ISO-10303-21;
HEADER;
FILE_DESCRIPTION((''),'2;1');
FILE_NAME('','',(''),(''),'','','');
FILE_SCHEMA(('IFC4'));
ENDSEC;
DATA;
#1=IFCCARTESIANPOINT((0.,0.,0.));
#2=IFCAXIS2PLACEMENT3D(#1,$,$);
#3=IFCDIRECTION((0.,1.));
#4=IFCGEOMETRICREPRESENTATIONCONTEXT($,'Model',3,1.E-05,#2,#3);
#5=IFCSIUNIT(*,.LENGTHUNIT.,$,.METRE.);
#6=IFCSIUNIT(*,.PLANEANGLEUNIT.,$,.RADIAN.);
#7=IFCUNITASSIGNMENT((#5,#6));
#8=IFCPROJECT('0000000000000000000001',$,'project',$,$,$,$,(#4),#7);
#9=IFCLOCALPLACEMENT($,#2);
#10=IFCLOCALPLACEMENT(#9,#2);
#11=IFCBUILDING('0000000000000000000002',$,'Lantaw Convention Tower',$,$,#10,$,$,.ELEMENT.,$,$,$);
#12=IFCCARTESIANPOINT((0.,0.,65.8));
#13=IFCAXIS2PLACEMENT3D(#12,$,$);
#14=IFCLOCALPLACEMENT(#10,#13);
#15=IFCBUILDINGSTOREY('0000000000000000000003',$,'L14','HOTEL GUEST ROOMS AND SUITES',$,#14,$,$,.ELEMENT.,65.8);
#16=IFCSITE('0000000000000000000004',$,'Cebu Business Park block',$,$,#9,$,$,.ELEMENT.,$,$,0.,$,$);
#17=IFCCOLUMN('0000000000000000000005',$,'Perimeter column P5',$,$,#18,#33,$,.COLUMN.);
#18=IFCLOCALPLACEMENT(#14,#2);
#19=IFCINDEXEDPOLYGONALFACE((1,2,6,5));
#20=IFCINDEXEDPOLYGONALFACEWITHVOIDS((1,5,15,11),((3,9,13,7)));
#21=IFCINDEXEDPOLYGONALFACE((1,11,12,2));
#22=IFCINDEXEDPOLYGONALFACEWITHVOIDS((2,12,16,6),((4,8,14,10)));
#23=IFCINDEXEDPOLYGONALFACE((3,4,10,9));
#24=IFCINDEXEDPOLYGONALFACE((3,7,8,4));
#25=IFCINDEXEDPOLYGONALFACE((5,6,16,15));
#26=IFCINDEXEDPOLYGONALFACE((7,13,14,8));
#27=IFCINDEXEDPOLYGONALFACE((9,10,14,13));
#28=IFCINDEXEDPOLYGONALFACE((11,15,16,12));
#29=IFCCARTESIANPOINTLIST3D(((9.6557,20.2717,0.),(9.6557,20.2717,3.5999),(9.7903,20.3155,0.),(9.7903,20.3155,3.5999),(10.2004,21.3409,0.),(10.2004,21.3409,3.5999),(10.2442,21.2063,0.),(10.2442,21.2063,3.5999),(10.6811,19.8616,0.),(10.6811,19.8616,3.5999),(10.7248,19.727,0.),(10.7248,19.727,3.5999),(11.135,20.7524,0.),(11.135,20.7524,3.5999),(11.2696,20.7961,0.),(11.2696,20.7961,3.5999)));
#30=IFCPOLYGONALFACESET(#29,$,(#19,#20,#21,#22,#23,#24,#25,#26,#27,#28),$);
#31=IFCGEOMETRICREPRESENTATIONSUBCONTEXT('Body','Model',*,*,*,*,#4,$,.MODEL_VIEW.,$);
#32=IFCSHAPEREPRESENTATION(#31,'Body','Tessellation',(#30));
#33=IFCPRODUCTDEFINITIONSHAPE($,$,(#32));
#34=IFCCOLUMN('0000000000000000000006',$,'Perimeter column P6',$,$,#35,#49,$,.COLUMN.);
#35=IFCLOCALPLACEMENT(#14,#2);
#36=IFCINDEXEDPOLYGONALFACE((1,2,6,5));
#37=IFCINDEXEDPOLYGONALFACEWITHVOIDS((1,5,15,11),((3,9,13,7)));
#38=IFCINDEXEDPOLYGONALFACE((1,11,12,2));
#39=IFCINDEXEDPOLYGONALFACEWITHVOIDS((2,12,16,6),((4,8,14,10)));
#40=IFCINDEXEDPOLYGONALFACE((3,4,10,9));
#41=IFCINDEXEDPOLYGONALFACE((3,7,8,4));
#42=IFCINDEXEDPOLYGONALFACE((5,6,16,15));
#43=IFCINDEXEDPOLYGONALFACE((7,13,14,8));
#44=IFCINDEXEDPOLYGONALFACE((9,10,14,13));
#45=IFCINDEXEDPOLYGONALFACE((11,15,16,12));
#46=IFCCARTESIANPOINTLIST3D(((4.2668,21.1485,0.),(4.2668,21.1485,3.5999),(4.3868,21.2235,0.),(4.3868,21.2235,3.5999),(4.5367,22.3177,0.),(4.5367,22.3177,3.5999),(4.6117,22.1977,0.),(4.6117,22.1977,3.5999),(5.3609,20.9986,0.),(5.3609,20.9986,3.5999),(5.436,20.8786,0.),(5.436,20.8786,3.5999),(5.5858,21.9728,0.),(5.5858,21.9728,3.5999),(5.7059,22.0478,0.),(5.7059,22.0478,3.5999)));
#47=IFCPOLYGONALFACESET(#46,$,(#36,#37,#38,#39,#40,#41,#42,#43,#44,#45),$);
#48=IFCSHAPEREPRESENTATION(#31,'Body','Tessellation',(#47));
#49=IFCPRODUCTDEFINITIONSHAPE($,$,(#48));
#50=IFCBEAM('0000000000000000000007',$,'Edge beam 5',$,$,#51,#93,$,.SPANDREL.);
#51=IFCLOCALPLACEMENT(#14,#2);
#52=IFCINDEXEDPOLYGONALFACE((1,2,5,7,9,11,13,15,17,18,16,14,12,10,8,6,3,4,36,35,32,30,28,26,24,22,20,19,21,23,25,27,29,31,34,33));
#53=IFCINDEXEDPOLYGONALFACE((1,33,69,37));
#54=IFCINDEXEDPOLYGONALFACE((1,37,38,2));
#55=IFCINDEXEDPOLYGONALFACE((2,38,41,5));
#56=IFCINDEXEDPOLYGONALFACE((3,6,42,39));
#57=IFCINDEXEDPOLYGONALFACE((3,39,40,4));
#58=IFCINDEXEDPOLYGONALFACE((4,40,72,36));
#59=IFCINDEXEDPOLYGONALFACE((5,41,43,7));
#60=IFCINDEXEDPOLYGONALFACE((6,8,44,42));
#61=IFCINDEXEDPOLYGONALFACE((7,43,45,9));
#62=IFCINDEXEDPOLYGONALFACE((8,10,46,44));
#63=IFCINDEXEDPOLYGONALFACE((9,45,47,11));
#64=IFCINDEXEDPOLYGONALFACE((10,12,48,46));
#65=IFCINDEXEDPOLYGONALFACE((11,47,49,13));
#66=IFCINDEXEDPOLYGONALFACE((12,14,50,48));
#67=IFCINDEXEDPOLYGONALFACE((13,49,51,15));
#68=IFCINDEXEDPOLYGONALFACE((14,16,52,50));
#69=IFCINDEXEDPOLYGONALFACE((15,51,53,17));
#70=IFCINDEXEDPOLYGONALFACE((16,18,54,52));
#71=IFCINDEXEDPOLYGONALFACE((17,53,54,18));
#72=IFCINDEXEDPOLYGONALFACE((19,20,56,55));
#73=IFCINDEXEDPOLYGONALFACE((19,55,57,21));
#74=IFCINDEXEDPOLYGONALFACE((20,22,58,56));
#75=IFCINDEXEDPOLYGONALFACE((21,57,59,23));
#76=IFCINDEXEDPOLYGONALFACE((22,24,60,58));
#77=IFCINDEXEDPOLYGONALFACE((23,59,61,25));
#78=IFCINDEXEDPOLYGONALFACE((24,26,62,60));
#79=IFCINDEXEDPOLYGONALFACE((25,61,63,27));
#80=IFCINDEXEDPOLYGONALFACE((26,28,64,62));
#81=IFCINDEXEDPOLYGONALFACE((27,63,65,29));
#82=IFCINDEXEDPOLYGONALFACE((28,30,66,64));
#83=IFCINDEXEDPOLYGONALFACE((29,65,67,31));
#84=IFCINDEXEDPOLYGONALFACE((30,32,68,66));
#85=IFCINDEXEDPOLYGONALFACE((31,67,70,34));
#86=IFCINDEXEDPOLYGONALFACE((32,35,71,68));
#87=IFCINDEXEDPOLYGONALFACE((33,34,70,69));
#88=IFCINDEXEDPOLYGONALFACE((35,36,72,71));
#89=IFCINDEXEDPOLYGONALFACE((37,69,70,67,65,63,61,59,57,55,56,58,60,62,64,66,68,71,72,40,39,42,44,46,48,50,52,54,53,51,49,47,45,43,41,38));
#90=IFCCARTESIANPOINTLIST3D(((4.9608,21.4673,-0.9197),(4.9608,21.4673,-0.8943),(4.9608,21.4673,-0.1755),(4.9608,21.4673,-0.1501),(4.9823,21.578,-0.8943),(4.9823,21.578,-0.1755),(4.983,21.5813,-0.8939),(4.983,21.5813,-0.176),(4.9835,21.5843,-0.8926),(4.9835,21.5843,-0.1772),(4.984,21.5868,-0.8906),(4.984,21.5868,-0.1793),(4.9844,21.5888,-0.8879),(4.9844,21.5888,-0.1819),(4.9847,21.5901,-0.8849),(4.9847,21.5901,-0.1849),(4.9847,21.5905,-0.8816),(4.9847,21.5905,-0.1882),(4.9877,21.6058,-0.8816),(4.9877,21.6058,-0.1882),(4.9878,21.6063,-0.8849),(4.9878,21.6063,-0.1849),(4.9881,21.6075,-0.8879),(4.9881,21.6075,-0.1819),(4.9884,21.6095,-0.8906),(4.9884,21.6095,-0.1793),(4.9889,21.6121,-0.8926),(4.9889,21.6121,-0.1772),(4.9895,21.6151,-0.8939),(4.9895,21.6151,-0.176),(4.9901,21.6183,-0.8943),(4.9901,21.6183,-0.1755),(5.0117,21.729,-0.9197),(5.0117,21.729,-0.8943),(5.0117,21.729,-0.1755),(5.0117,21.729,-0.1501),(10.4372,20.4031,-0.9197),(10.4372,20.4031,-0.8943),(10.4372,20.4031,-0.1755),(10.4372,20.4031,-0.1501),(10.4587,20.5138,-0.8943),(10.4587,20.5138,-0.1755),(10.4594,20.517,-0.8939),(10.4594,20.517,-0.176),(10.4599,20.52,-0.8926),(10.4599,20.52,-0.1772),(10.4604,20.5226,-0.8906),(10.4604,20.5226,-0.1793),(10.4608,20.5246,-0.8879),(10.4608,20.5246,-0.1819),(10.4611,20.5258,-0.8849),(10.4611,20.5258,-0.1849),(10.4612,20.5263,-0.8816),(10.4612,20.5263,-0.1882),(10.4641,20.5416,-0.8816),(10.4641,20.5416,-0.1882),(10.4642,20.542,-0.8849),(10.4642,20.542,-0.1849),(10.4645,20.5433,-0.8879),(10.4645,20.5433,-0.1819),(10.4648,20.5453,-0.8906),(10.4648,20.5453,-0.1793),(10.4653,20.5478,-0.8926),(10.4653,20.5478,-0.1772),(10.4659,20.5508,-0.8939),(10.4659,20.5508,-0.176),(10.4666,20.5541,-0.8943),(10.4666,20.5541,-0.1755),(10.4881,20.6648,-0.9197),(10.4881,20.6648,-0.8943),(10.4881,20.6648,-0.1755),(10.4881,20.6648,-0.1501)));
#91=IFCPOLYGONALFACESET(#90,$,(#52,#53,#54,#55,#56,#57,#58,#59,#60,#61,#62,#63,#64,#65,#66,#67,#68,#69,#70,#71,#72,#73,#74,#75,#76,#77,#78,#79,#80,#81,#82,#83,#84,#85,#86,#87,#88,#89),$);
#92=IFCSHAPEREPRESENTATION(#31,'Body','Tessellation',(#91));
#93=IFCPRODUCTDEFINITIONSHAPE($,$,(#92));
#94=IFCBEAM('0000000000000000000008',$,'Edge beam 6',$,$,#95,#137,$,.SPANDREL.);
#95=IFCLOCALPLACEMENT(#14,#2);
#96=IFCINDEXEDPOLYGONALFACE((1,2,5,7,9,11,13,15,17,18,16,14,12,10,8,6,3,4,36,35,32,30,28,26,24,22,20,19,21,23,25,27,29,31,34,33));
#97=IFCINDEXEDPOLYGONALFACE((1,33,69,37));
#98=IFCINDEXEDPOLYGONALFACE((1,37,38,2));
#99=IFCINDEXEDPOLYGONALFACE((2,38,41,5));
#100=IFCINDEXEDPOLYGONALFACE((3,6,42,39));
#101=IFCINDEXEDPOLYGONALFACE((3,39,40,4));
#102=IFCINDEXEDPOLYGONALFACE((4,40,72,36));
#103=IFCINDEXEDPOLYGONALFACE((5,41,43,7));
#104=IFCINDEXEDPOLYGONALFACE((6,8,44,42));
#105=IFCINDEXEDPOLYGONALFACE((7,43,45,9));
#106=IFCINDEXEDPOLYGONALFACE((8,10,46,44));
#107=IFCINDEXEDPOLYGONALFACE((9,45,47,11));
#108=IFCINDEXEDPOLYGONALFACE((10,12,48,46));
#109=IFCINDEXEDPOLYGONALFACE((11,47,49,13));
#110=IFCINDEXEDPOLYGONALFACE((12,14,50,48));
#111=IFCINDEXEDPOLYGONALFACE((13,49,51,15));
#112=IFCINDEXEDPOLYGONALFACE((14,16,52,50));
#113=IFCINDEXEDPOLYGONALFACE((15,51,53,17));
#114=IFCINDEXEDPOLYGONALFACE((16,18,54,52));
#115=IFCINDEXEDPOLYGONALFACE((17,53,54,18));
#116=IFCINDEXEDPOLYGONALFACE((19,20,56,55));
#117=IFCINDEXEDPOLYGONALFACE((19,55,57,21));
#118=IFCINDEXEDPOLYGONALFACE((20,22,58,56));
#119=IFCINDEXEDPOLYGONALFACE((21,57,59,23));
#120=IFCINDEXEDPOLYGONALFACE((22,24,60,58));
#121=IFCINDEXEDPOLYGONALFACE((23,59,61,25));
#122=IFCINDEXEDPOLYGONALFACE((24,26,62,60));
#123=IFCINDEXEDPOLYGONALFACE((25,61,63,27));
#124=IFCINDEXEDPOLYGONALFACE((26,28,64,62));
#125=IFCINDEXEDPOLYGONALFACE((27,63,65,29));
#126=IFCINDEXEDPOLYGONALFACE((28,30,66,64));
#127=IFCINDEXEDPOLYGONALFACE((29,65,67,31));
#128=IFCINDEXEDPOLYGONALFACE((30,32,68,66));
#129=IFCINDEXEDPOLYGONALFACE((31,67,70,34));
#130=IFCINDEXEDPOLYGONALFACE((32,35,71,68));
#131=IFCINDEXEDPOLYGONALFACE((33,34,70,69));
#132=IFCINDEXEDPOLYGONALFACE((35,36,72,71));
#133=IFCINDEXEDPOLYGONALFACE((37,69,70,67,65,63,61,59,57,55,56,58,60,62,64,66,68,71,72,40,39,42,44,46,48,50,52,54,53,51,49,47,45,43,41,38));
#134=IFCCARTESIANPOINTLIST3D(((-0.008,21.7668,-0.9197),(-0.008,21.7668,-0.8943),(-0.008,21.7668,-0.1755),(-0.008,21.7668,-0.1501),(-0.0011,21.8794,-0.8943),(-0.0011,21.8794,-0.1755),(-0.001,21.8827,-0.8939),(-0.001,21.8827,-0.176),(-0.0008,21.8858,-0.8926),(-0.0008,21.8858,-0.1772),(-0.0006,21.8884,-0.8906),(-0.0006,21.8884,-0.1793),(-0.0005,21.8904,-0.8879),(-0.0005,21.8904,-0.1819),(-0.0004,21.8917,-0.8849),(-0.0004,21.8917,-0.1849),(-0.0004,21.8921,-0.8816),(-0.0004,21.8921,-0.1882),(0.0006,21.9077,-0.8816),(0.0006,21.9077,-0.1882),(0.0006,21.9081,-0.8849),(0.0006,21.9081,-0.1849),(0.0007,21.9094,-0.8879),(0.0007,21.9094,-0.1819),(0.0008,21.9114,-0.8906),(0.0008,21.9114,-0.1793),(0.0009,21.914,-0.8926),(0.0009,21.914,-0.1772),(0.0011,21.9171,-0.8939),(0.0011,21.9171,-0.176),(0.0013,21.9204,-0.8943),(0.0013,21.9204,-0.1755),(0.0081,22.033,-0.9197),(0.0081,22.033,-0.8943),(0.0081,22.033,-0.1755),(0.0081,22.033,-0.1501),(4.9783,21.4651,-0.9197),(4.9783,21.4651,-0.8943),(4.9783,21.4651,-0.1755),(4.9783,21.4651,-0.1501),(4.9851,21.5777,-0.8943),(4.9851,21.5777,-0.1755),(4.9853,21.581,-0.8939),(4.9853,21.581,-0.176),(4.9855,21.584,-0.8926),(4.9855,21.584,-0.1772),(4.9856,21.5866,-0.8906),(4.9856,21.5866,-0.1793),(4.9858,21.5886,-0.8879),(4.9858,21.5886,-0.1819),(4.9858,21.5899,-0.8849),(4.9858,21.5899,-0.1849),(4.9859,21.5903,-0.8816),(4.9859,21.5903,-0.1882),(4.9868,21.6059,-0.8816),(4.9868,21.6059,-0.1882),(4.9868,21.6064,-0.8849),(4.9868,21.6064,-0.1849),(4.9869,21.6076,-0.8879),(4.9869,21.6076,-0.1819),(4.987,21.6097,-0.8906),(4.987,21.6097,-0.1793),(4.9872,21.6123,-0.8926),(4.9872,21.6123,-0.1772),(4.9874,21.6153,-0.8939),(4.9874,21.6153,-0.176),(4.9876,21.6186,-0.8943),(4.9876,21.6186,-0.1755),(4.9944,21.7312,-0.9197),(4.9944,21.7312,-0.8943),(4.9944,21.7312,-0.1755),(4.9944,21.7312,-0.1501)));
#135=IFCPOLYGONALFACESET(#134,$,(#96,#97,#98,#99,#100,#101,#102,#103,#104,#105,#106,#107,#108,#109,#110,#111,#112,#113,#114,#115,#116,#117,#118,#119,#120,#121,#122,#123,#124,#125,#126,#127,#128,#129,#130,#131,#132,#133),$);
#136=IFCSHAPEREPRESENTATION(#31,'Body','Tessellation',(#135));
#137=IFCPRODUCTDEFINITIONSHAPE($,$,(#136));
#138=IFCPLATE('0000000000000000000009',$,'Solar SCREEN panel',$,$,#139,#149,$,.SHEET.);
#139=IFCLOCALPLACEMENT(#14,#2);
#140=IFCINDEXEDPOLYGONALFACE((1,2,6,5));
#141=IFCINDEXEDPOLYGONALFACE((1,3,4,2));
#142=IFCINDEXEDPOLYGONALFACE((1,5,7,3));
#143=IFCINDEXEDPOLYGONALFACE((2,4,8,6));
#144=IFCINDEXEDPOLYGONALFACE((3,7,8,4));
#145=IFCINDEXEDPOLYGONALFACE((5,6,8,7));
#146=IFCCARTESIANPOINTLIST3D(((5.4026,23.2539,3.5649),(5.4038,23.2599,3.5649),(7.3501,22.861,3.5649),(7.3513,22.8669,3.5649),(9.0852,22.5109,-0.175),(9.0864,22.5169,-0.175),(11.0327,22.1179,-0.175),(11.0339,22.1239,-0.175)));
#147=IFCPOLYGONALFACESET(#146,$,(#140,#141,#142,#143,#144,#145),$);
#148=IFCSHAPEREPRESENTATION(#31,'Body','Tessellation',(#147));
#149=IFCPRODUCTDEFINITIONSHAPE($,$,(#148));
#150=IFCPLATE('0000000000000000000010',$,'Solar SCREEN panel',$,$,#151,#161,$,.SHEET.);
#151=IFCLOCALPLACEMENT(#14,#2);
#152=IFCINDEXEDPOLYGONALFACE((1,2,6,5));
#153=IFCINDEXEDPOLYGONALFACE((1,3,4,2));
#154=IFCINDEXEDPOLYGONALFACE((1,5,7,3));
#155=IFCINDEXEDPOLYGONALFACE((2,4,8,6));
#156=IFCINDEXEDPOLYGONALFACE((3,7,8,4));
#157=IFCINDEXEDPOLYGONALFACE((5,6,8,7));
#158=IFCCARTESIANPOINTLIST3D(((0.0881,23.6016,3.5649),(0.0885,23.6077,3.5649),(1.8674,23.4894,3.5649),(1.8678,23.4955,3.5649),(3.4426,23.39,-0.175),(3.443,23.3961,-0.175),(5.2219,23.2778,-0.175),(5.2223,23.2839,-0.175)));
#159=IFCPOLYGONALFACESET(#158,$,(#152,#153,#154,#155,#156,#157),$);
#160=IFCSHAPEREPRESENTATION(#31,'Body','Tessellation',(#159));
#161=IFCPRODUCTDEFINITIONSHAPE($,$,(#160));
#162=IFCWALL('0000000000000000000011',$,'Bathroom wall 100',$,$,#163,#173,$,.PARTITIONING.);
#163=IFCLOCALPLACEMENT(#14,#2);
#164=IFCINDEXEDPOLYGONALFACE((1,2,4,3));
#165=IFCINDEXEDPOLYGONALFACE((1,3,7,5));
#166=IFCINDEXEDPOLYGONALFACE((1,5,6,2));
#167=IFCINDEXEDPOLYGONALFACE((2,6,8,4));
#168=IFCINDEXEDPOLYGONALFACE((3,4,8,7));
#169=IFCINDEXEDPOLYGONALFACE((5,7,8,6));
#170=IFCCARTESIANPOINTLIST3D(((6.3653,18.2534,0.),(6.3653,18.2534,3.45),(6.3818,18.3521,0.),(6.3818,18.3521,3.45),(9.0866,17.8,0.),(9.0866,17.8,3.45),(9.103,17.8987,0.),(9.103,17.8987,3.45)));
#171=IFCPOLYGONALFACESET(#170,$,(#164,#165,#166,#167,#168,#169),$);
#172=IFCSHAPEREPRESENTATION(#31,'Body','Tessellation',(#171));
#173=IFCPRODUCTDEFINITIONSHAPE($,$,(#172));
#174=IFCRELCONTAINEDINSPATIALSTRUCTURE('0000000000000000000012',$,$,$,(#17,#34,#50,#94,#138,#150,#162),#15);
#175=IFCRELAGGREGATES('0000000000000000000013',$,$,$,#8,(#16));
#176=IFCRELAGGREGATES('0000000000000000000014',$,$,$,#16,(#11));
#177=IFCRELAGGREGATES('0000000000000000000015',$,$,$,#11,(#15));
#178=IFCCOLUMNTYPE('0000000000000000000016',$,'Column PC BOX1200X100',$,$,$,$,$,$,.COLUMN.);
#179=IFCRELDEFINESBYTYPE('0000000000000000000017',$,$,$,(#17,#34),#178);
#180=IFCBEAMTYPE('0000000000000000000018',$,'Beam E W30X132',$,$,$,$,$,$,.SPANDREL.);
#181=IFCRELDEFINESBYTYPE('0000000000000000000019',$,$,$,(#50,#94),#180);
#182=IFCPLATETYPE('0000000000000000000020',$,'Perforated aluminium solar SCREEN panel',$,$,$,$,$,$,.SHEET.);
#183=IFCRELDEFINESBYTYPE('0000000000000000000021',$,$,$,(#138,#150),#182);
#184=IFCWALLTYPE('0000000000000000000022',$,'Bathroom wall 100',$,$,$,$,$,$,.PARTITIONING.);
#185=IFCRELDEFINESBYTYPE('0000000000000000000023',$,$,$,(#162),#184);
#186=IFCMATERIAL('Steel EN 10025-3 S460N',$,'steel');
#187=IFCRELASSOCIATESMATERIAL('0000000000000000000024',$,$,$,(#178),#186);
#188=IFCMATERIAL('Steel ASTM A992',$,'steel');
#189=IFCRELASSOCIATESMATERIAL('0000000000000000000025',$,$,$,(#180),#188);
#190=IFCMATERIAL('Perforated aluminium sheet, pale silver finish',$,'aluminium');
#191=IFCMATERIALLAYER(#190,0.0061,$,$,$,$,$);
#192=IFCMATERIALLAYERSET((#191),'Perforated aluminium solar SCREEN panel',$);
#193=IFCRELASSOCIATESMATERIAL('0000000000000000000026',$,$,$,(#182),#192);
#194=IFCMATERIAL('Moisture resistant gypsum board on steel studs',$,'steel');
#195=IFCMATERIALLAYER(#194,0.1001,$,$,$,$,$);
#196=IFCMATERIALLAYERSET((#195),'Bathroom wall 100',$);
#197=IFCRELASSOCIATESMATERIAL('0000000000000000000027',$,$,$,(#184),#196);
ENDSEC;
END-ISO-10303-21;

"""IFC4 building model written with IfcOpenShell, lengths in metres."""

from ifc_helpers import new_model, si_unit, direction, frame, frame_2d, origin, origin_2d, place, context, subcontext, project, spatial, polyline, rectangle, hollow_rectangle, i_section, outline, extrude, material, layer, layer_set, material_profile, profile_set, type_object, element, save


model = new_model("IFC4")

# Units and contexts
model_context = context("Model", 3, precision=1e-05, world=origin(), true_north=direction((0.0, 1.0)))
body_context = subcontext(model_context, "Body", "Model", "MODEL_VIEW")
ifc_project = project(units=[si_unit("LENGTHUNIT", "METRE"), si_unit("PLANEANGLEUNIT", "RADIAN")], contexts=[model_context])

# Site, building, storey
site_placement = place(None, origin())
site = spatial("IfcSite", under=ifc_project, at=site_placement, Name="Cebu Business Park block", CompositionType="ELEMENT", RefElevation=0.0)
building_placement = place(site_placement, origin())
building = spatial("IfcBuilding", under=site, at=building_placement, Name="Lantaw Convention Tower", CompositionType="ELEMENT")
storey_placement = place(building_placement, frame((0.0, 0.0, 65.8)))
storey = spatial("IfcBuildingStorey", under=building, at=storey_placement, Name="L14", Description="HOTEL GUEST ROOMS AND SUITES", CompositionType="ELEMENT", Elevation=65.8)

# Columns
ifc_material_1 = material(Name="Steel EN 10025-3 S460N", Category="steel")
ifc_material_profile_1 = material_profile(ifc_material_1, hollow_rectangle(XDim=1.2, YDim=1.2, WallThickness=0.1001, at=origin_2d()), Name="BOX1200X100")
ifc_material_2 = material(Name="Concrete C60/75", Category="concrete")
ifc_material_profile_2 = material_profile(ifc_material_2, rectangle(XDim=1.0, YDim=1.0, at=origin_2d()), Name="Concrete fill of BOX1200X100")
ifc_profile_set_1 = profile_set([ifc_material_profile_1, ifc_material_profile_2], Name="Steel EN 10025-3 S460N")
column_type = type_object("IfcColumnType", Name="Column PC BOX1200X100", PredefinedType="COLUMN", material=ifc_profile_set_1)
for number, where, z_axis, x_axis, name in (
    (1, (10.4626, 20.5339, 0.0), (0.0, 0.0, 1.0), (0.45399, 0.891007, 0.0), "Perimeter column P5"),
    (2, (4.9863, 21.5981, 0.0), (0.0, 0.0, 1.0), (0.224951, 0.97437, 0.0), "Perimeter column P6"),
):
    element("IfcColumn", number, at=place(storey_placement, frame(where, z_axis=z_axis, x_axis=x_axis)), inside=storey, type_object=column_type, Name=name, PredefinedType="COLUMN", context=body_context, shape_type="SweptSolid", body=[
        extrude(hollow_rectangle(XDim=1.2, YDim=1.2, WallThickness=0.1001, at=origin_2d()), origin(), (0.0, 0.0, 1.0), 3.5999),
    ])

# Beams
ifc_material_3 = material(Name="Steel ASTM A992", Category="steel")
ifc_material_profile_3 = material_profile(ifc_material_3, i_section(OverallWidth=0.2666, OverallDepth=0.7695, WebThickness=0.0156, FlangeThickness=0.0254, FilletRadius=0.0127, at=origin_2d()), Name="W30X132")
ifc_profile_set_2 = profile_set([ifc_material_profile_3], Name="Steel ASTM A992")
beam_type = type_object("IfcBeamType", Name="Beam E W30X132", PredefinedType="SPANDREL", material=ifc_profile_set_2)
beam_1_placement = place(storey_placement, frame((10.4626, 20.5339, -0.5349), z_axis=(-0.981637, 0.190761, 0.0), x_axis=(-0.190761, -0.981637, 0.0)))
element("IfcBeam", 3, at=beam_1_placement, inside=storey, type_object=beam_type, Name="Edge beam 5", PredefinedType="SPANDREL", context=body_context, shape_type="SweptSolid", body=[
    extrude(i_section(OverallWidth=0.2666, OverallDepth=0.7695, WebThickness=0.0156, FlangeThickness=0.0254, FilletRadius=0.0127, at=origin_2d()), origin(), (0.0, 0.0, 1.0), 5.5789),
])
beam_2_placement = place(storey_placement, frame((4.9863, 21.5981, -0.5349), z_axis=(-0.998174, 0.060407, 0.0), x_axis=(-0.060407, -0.998174, 0.0)))
element("IfcBeam", 4, at=beam_2_placement, inside=storey, type_object=beam_type, Name="Edge beam 6", PredefinedType="SPANDREL", context=body_context, shape_type="SweptSolid", body=[
    extrude(i_section(OverallWidth=0.2666, OverallDepth=0.7695, WebThickness=0.0156, FlangeThickness=0.0254, FilletRadius=0.0127, at=origin_2d()), origin(), (0.0, 0.0, 1.0), 4.9954),
])

# Plates
ifc_material_4 = material(Name="Perforated aluminium sheet, pale silver finish", Category="aluminium")
ifc_layer_1 = layer(ifc_material_4, 0.0061)
ifc_layer_set_1 = layer_set([ifc_layer_1], Name="Perforated aluminium solar SCREEN panel")
plate_type = type_object("IfcPlateType", Name="Perforated aluminium solar SCREEN panel", PredefinedType="SHEET", material=ifc_layer_set_1)
plate_1_placement = place(storey_placement, frame((11.0327, 22.1179, -0.175), z_axis=(-0.197782, -0.980246, 0.000002), x_axis=(-0.980246, 0.197782, 0.0)))
element("IfcPlate", 5, at=plate_1_placement, inside=storey, type_object=plate_type, Name="Solar SCREEN panel", PredefinedType="SHEET", context=body_context, shape_type="SweptSolid", body=[
    extrude(outline(polyline([(0.0, 0.0), (1.9868, 0.0), (5.7436, -3.74), (3.7569, -3.74), (0.0, 0.0)])), origin(), (0.0, 0.0, -1.0), 0.0061),
])
plate_2_placement = place(storey_placement, frame((5.2219, 23.2778, -0.175), z_axis=(-0.062924, -0.998018, 0.000014), x_axis=(-0.998018, 0.062924, 0.0)))
element("IfcPlate", 6, at=plate_2_placement, inside=storey, type_object=plate_type, Name="Solar SCREEN panel", PredefinedType="SHEET", context=body_context, shape_type="SweptSolid", body=[
    extrude(outline(polyline([(0.0, 0.0), (1.7828, 0.0), (5.144, -3.74), (3.3612, -3.74), (0.0, 0.0)])), origin(), (0.0, 0.0, -1.0), 0.0061),
])

# Wall
ifc_material_5 = material(Name="Moisture resistant gypsum board on steel studs", Category="steel")
ifc_layer_2 = layer(ifc_material_5, 0.1001)
ifc_layer_set_2 = layer_set([ifc_layer_2], Name="Bathroom wall 100")
wall_type_1 = type_object("IfcWallType", Name="Bathroom wall 100", PredefinedType="PARTITIONING", material=ifc_layer_set_2)
wall_1_placement = place(storey_placement, frame((6.3735, 18.3027, 0.0), z_axis=(0.0, 0.0, 1.0), x_axis=(0.986403, -0.164342, 0.0)))
element("IfcWall", 7, at=wall_1_placement, inside=storey, type_object=wall_type_1, Name="Bathroom wall 100", PredefinedType="PARTITIONING", context=body_context, shape_type="SweptSolid", body=[
    extrude(rectangle(XDim=2.7588, YDim=0.1001, at=frame_2d((1.3794, 0.0))), origin(), (0.0, 0.0, 1.0), 3.45),
])

save(model, "model.ifc")
